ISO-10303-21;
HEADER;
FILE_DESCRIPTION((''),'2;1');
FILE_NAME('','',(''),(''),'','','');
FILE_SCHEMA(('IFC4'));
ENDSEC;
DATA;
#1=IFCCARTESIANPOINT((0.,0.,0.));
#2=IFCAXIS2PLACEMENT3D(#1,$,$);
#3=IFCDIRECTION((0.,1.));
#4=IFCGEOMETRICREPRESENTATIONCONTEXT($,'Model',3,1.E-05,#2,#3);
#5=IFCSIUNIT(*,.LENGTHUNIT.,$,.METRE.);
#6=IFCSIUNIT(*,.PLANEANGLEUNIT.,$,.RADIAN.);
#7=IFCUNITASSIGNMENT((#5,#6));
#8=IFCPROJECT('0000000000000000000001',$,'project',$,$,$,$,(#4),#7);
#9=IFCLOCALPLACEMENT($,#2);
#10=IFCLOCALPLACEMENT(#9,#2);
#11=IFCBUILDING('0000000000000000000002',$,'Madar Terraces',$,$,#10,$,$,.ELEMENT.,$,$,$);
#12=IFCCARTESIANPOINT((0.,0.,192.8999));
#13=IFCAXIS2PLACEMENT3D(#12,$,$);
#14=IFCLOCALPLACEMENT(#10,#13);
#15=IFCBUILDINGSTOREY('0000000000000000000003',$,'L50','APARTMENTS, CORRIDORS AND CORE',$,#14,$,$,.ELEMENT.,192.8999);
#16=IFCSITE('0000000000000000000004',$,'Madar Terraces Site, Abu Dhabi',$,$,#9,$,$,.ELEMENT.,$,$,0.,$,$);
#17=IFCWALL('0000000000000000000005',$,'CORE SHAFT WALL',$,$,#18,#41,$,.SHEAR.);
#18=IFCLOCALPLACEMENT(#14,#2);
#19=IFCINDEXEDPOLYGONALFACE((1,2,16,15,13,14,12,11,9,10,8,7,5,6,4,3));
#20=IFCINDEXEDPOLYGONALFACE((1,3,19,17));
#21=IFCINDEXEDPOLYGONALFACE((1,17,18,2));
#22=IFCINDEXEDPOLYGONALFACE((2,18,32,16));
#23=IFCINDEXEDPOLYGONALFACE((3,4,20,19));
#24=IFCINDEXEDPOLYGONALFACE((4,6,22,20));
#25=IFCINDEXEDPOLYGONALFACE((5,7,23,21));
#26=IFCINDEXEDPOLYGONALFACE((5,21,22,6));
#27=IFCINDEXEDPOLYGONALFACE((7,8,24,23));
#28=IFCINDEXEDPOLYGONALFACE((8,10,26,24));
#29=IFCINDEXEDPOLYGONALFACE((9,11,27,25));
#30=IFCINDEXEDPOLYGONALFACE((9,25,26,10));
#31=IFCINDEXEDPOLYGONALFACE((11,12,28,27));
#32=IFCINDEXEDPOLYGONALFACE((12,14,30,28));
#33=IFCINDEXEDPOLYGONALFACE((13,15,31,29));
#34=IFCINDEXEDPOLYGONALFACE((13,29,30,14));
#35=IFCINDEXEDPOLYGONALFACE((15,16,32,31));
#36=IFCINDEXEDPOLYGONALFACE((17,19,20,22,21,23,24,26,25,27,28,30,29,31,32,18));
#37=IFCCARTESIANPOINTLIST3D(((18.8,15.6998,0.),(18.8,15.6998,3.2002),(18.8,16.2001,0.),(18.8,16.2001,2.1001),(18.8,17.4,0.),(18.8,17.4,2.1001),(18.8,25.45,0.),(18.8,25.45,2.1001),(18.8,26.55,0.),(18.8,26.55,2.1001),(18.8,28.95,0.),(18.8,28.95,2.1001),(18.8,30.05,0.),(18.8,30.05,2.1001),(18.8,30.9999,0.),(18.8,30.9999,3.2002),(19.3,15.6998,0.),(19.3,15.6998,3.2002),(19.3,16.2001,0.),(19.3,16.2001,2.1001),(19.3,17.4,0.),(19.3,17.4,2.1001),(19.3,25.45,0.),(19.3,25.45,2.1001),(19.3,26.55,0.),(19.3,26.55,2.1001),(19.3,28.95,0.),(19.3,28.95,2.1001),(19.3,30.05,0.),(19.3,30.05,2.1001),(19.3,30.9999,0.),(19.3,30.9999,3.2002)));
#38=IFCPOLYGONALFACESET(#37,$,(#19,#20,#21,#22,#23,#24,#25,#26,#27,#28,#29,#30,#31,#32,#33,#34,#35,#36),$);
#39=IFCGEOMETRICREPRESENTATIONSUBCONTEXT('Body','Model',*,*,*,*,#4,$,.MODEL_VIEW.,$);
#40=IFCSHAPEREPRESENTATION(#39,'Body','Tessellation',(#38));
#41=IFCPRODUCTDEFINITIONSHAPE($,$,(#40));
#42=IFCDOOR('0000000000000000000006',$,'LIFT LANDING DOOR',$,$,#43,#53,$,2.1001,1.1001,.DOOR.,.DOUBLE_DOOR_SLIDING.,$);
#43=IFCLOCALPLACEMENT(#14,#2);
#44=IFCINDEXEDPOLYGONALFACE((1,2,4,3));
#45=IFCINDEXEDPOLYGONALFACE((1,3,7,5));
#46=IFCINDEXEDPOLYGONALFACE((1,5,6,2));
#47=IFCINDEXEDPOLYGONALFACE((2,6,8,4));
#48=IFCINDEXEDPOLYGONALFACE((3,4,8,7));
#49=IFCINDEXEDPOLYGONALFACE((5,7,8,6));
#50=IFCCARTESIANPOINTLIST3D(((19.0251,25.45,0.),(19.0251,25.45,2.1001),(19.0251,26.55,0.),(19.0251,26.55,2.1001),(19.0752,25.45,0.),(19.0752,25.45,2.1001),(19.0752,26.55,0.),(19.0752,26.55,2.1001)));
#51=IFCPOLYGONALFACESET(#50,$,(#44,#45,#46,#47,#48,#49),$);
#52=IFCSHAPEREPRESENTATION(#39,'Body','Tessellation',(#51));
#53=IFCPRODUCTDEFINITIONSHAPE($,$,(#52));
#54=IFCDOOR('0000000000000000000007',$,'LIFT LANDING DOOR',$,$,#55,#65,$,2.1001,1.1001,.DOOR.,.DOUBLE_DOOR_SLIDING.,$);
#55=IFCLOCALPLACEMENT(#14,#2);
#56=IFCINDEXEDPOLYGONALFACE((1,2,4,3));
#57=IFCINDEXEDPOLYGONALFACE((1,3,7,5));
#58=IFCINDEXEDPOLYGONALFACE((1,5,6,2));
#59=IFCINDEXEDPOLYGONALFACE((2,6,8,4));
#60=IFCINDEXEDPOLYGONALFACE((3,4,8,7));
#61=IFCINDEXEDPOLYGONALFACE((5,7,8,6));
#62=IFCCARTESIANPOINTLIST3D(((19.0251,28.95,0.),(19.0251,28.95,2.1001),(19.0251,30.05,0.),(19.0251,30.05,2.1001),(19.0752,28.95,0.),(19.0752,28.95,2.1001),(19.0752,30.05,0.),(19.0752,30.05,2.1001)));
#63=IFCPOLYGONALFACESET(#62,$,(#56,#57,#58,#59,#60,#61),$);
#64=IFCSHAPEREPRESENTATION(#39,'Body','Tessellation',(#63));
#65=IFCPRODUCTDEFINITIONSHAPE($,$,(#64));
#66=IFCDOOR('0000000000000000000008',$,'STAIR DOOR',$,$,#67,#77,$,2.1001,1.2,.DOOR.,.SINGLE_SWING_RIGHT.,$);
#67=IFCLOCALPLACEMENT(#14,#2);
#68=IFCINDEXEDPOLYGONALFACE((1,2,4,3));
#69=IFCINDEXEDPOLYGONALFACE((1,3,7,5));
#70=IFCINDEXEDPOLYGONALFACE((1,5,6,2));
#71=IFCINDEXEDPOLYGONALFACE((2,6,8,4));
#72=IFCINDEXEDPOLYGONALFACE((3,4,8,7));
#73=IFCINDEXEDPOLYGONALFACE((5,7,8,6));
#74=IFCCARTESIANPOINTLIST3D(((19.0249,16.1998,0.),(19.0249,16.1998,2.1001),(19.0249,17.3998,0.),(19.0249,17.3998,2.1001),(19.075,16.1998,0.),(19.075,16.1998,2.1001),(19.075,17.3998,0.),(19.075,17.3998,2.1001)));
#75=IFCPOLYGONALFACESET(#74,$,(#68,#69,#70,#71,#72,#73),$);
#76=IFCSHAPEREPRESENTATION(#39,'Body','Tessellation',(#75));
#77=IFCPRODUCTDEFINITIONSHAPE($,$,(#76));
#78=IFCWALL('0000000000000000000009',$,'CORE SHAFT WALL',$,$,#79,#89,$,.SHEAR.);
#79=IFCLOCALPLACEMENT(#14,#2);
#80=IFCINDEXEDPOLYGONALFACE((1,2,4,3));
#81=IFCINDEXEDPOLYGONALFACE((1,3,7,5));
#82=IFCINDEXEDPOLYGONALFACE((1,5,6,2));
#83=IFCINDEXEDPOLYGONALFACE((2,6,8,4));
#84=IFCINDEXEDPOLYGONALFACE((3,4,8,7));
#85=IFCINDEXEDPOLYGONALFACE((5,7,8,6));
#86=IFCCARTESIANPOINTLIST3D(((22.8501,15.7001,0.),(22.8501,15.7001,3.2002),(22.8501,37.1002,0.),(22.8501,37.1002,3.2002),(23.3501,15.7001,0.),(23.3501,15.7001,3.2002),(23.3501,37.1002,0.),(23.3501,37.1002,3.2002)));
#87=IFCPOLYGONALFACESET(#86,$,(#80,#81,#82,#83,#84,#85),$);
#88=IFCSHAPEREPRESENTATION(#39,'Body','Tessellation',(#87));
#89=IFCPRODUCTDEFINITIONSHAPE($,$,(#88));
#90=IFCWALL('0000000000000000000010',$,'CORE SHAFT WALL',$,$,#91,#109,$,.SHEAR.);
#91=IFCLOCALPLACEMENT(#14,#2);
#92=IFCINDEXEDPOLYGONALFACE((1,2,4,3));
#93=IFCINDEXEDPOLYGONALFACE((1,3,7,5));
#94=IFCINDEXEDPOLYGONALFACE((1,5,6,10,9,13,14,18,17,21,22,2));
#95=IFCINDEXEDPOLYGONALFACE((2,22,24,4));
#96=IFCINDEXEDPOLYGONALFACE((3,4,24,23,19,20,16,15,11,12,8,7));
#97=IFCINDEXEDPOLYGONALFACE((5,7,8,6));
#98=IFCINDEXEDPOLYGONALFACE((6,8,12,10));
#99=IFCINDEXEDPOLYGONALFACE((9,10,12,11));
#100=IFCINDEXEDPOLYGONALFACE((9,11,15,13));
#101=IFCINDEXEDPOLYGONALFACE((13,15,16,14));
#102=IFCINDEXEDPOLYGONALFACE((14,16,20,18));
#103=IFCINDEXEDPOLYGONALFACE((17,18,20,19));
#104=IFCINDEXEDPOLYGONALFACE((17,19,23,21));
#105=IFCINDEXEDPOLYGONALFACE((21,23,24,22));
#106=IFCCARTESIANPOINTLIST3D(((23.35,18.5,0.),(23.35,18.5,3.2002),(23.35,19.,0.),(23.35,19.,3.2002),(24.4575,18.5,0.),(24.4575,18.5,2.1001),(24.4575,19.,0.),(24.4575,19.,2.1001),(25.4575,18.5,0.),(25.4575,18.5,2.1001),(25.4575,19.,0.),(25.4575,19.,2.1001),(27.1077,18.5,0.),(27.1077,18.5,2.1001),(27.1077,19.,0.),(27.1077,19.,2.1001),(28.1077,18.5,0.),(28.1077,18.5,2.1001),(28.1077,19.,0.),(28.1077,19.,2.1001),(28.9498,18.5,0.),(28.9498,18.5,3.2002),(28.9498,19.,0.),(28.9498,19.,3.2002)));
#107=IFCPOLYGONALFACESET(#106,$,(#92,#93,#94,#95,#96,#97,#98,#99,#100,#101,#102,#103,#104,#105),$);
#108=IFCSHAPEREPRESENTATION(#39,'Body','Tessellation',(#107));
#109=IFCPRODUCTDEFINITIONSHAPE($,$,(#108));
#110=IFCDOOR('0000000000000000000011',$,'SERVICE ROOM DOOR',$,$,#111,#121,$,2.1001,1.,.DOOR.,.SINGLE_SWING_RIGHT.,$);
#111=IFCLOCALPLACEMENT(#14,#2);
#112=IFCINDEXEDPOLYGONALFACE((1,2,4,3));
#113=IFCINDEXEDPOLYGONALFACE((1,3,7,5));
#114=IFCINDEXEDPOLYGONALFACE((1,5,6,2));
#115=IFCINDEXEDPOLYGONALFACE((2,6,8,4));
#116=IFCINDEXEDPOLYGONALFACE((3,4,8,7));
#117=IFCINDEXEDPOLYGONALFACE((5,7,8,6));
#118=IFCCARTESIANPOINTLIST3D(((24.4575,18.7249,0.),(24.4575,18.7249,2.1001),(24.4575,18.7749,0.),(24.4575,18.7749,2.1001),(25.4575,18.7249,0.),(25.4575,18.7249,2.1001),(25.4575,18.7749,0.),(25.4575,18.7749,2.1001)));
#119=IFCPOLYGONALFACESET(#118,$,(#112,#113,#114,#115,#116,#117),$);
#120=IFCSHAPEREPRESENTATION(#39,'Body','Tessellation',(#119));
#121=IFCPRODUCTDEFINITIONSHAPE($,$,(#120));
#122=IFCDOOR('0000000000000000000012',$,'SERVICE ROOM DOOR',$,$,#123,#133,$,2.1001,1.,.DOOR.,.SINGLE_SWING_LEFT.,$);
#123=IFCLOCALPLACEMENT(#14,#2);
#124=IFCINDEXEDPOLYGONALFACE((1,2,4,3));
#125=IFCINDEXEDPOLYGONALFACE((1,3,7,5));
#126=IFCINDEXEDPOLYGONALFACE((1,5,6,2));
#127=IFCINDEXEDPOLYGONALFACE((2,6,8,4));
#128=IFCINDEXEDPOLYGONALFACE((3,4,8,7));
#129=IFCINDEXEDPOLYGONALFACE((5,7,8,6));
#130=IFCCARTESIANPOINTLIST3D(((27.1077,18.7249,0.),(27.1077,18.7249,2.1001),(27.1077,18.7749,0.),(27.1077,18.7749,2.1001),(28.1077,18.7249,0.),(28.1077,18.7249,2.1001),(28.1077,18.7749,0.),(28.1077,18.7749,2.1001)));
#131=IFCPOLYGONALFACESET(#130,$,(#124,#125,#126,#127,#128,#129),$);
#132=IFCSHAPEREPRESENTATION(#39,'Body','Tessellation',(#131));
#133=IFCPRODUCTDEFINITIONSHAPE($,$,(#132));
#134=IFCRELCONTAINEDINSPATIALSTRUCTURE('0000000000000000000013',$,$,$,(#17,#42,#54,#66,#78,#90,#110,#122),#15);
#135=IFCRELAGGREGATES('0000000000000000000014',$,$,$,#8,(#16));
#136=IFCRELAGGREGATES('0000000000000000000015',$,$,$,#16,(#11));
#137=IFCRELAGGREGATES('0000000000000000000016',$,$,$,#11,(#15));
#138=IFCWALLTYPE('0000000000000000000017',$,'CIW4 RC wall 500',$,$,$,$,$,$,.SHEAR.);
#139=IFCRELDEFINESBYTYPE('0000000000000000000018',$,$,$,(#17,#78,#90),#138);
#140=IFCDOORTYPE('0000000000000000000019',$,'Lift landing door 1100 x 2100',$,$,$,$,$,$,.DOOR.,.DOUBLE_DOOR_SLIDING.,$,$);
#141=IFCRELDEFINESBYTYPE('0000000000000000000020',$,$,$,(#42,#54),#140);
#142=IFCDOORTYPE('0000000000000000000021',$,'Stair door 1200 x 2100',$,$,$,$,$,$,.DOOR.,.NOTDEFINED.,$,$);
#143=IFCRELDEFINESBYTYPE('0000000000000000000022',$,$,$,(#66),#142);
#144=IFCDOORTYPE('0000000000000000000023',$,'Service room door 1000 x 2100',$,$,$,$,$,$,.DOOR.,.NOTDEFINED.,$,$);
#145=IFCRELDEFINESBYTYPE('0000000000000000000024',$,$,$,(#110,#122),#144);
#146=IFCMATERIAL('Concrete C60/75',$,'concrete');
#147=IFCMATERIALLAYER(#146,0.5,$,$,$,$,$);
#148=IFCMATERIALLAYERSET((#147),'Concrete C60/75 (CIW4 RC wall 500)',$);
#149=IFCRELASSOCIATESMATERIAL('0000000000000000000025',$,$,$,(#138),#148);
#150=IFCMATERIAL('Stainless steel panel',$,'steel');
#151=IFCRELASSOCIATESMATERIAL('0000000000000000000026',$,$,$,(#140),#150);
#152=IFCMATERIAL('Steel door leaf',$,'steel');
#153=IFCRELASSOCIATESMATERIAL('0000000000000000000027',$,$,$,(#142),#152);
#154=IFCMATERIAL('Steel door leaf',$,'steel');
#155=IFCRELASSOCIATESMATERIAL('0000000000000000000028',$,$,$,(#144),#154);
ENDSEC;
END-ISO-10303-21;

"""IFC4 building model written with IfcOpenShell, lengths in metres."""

from ifc_helpers import new_model, si_unit, direction, frame, frame_2d, origin, place, context, subcontext, project, spatial, rectangle, extrude, material, layer, layer_set, type_object, element, fill, save


model = new_model("IFC4")

# Units and contexts
model_context = context("Model", 3, precision=1e-05, world=origin(), true_north=direction((0.0, 1.0)))
body_context = subcontext(model_context, "Body", "Model", "MODEL_VIEW")
ifc_project = project(units=[si_unit("LENGTHUNIT", "METRE"), si_unit("PLANEANGLEUNIT", "RADIAN")], contexts=[model_context])

# Site, building, storey
site_placement = place(None, origin())
site = spatial("IfcSite", under=ifc_project, at=site_placement, Name="Madar Terraces Site, Abu Dhabi", CompositionType="ELEMENT", RefElevation=0.0)
building_placement = place(site_placement, origin())
building = spatial("IfcBuilding", under=site, at=building_placement, Name="Madar Terraces", CompositionType="ELEMENT")
storey_placement = place(building_placement, frame((0.0, 0.0, 192.8999)))
storey = spatial("IfcBuildingStorey", under=building, at=storey_placement, Name="L50", Description="APARTMENTS, CORRIDORS AND CORE", CompositionType="ELEMENT", Elevation=192.8999)

# Wall, openings, doors
ifc_material_1 = material(Name="Concrete C60/75", Category="concrete")
ifc_layer_1 = layer(ifc_material_1, 0.5)
ifc_layer_set_1 = layer_set([ifc_layer_1], Name="Concrete C60/75 (CIW4 RC wall 500)")
wall_type_1 = type_object("IfcWallType", Name="CIW4 RC wall 500", PredefinedType="SHEAR", material=ifc_layer_set_1)
wall_1_placement = place(storey_placement, frame((19.05, 15.7, 0.0), z_axis=(0.0, 0.0, 1.0), x_axis=(0.0, 1.0, 0.0)))
wall_1 = element("IfcWall", 1, at=wall_1_placement, inside=storey, type_object=wall_type_1, Name="CORE SHAFT WALL", PredefinedType="SHEAR", context=body_context, shape_type="SweptSolid", body=[
    extrude(rectangle(XDim=15.3, YDim=0.5, at=frame_2d((7.6499, 0.0))), origin(), (0.0, 0.0, 1.0), 3.2002),
])
opening_1_placement = place(wall_1_placement, frame((9.75, 0.0, 0.0)))
opening_1 = element("IfcOpeningElement", 2, at=opening_1_placement, cuts=wall_1, PredefinedType="OPENING", context=body_context, shape_type="SweptSolid", body=[
    extrude(rectangle(XDim=1.1001, YDim=2.1001, at=frame_2d((0.55, 1.05))), frame((0.0, 0.26, 0.0), z_axis=(0.0, -1.0, 0.0), x_axis=(1.0, 0.0, 0.0)), (0.0, 0.0, 1.0), 0.52),
])
opening_2_placement = place(wall_1_placement, frame((13.25, 0.0, 0.0)))
opening_2 = element("IfcOpeningElement", 3, at=opening_2_placement, cuts=wall_1, PredefinedType="OPENING", context=body_context, shape_type="SweptSolid", body=[
    extrude(rectangle(XDim=1.1001, YDim=2.1001, at=frame_2d((0.55, 1.05))), frame((0.0, 0.26, 0.0), z_axis=(0.0, -1.0, 0.0), x_axis=(1.0, 0.0, 0.0)), (0.0, 0.0, 1.0), 0.52),
])
opening_3_placement = place(wall_1_placement, frame((0.5, 0.0, 0.0)))
opening_3 = element("IfcOpeningElement", 4, at=opening_3_placement, cuts=wall_1, PredefinedType="OPENING", context=body_context, shape_type="SweptSolid", body=[
    extrude(rectangle(XDim=1.2, YDim=2.1001, at=frame_2d((0.6001, 1.05))), frame((0.0, 0.26, 0.0), z_axis=(0.0, -1.0, 0.0), x_axis=(1.0, 0.0, 0.0)), (0.0, 0.0, 1.0), 0.52),
])
ifc_material_2 = material(Name="Stainless steel panel", Category="steel")
door_type_1 = type_object("IfcDoorType", Name="Lift landing door 1100 x 2100", OperationType="DOUBLE_DOOR_SLIDING", PredefinedType="DOOR", material=ifc_material_2)
door_1_placement = place(opening_1_placement, origin())
door_1 = element("IfcDoor", 5, at=door_1_placement, inside=storey, type_object=door_type_1, Name="LIFT LANDING DOOR", OperationType="DOUBLE_DOOR_SLIDING", OverallHeight=2.1001, OverallWidth=1.1001, PredefinedType="DOOR", context=body_context, shape_type="SweptSolid", body=[
    extrude(rectangle(XDim=1.1001, YDim=2.1001, at=frame_2d((0.55, 1.05))), frame((0.0, 0.0249, 0.0), z_axis=(0.0, -1.0, 0.0), x_axis=(1.0, 0.0, 0.0)), (0.0, 0.0, 1.0), 0.05),
])
fill(opening_1, door_1)
door_2_placement = place(opening_2_placement, origin())
door_2 = element("IfcDoor", 6, at=door_2_placement, inside=storey, type_object=door_type_1, Name="LIFT LANDING DOOR", OperationType="DOUBLE_DOOR_SLIDING", OverallHeight=2.1001, OverallWidth=1.1001, PredefinedType="DOOR", context=body_context, shape_type="SweptSolid", body=[
    extrude(rectangle(XDim=1.1001, YDim=2.1001, at=frame_2d((0.55, 1.05))), frame((0.0, 0.0249, 0.0), z_axis=(0.0, -1.0, 0.0), x_axis=(1.0, 0.0, 0.0)), (0.0, 0.0, 1.0), 0.05),
])
fill(opening_2, door_2)
ifc_material_3 = material(Name="Steel door leaf", Category="steel")
door_type_2 = type_object("IfcDoorType", Name="Stair door 1200 x 2100", OperationType="NOTDEFINED", PredefinedType="DOOR", material=ifc_material_3)
door_3_placement = place(opening_3_placement, frame((1.2, 0.0, 0.0), z_axis=(0.0, 0.0, 1.0), x_axis=(-1.0, 0.0, 0.0)))
door_3 = element("IfcDoor", 7, at=door_3_placement, inside=storey, type_object=door_type_2, Name="STAIR DOOR", OperationType="SINGLE_SWING_RIGHT", OverallHeight=2.1001, OverallWidth=1.2, PredefinedType="DOOR", context=body_context, shape_type="SweptSolid", body=[
    extrude(rectangle(XDim=1.2, YDim=2.1001, at=frame_2d((0.6001, 1.05))), frame((0.0, 0.0249, 0.0), z_axis=(0.0, -1.0, 0.0), x_axis=(1.0, 0.0, 0.0)), (0.0, 0.0, 1.0), 0.05),
])
fill(opening_3, door_3)

# Wall
wall_2_placement = place(storey_placement, frame((23.1001, 15.7, 0.0), z_axis=(0.0, 0.0, 1.0), x_axis=(0.0, 1.0, 0.0)))
element("IfcWall", 8, at=wall_2_placement, inside=storey, type_object=wall_type_1, Name="CORE SHAFT WALL", PredefinedType="SHEAR", context=body_context, shape_type="SweptSolid", body=[
    extrude(rectangle(XDim=21.4001, YDim=0.5, at=frame_2d((10.7002, 0.0))), origin(), (0.0, 0.0, 1.0), 3.2002),
])

# Wall, openings, doors
wall_3_placement = place(storey_placement, frame((23.3501, 18.75, 0.0), z_axis=(0.0, 0.0, 1.0), x_axis=(1.0, 0.0, 0.0)))
wall_3 = element("IfcWall", 9, at=wall_3_placement, inside=storey, type_object=wall_type_1, Name="CORE SHAFT WALL", PredefinedType="SHEAR", context=body_context, shape_type="SweptSolid", body=[
    extrude(rectangle(XDim=5.5999, YDim=0.5, at=frame_2d((2.7998, 0.0))), origin(), (0.0, 0.0, 1.0), 3.2002),
])
opening_4_placement = place(wall_3_placement, frame((1.1074, 0.0, 0.0)))
opening_4 = element("IfcOpeningElement", 10, at=opening_4_placement, cuts=wall_3, PredefinedType="OPENING", context=body_context, shape_type="SweptSolid", body=[
    extrude(rectangle(XDim=1.0, YDim=2.1001, at=frame_2d((0.5, 1.05))), frame((0.0, 0.26, 0.0), z_axis=(0.0, -1.0, 0.0), x_axis=(1.0, 0.0, 0.0)), (0.0, 0.0, 1.0), 0.52),
])
opening_5_placement = place(wall_3_placement, frame((3.7576, 0.0, 0.0)))
opening_5 = element("IfcOpeningElement", 11, at=opening_5_placement, cuts=wall_3, PredefinedType="OPENING", context=body_context, shape_type="SweptSolid", body=[
    extrude(rectangle(XDim=1.0, YDim=2.1001, at=frame_2d((0.5, 1.05))), frame((0.0, 0.26, 0.0), z_axis=(0.0, -1.0, 0.0), x_axis=(1.0, 0.0, 0.0)), (0.0, 0.0, 1.0), 0.52),
])
ifc_material_4 = material(Name="Steel door leaf", Category="steel")
door_type_3 = type_object("IfcDoorType", Name="Service room door 1000 x 2100", OperationType="NOTDEFINED", PredefinedType="DOOR", material=ifc_material_4)
door_4_placement = place(opening_4_placement, origin())
door_4 = element("IfcDoor", 12, at=door_4_placement, inside=storey, type_object=door_type_3, Name="SERVICE ROOM DOOR", OperationType="SINGLE_SWING_RIGHT", OverallHeight=2.1001, OverallWidth=1.0, PredefinedType="DOOR", context=body_context, shape_type="SweptSolid", body=[
    extrude(rectangle(XDim=1.0, YDim=2.1001, at=frame_2d((0.5, 1.05))), frame((0.0, 0.0249, 0.0), z_axis=(0.0, -1.0, 0.0), x_axis=(1.0, 0.0, 0.0)), (0.0, 0.0, 1.0), 0.05),
])
fill(opening_4, door_4)
door_5_placement = place(opening_5_placement, origin())
door_5 = element("IfcDoor", 13, at=door_5_placement, inside=storey, type_object=door_type_3, Name="SERVICE ROOM DOOR", OperationType="SINGLE_SWING_LEFT", OverallHeight=2.1001, OverallWidth=1.0, PredefinedType="DOOR", context=body_context, shape_type="SweptSolid", body=[
    extrude(rectangle(XDim=1.0, YDim=2.1001, at=frame_2d((0.5, 1.05))), frame((0.0, 0.0249, 0.0), z_axis=(0.0, -1.0, 0.0), x_axis=(1.0, 0.0, 0.0)), (0.0, 0.0, 1.0), 0.05),
])
fill(opening_5, door_5)

save(model, "model.ifc")
